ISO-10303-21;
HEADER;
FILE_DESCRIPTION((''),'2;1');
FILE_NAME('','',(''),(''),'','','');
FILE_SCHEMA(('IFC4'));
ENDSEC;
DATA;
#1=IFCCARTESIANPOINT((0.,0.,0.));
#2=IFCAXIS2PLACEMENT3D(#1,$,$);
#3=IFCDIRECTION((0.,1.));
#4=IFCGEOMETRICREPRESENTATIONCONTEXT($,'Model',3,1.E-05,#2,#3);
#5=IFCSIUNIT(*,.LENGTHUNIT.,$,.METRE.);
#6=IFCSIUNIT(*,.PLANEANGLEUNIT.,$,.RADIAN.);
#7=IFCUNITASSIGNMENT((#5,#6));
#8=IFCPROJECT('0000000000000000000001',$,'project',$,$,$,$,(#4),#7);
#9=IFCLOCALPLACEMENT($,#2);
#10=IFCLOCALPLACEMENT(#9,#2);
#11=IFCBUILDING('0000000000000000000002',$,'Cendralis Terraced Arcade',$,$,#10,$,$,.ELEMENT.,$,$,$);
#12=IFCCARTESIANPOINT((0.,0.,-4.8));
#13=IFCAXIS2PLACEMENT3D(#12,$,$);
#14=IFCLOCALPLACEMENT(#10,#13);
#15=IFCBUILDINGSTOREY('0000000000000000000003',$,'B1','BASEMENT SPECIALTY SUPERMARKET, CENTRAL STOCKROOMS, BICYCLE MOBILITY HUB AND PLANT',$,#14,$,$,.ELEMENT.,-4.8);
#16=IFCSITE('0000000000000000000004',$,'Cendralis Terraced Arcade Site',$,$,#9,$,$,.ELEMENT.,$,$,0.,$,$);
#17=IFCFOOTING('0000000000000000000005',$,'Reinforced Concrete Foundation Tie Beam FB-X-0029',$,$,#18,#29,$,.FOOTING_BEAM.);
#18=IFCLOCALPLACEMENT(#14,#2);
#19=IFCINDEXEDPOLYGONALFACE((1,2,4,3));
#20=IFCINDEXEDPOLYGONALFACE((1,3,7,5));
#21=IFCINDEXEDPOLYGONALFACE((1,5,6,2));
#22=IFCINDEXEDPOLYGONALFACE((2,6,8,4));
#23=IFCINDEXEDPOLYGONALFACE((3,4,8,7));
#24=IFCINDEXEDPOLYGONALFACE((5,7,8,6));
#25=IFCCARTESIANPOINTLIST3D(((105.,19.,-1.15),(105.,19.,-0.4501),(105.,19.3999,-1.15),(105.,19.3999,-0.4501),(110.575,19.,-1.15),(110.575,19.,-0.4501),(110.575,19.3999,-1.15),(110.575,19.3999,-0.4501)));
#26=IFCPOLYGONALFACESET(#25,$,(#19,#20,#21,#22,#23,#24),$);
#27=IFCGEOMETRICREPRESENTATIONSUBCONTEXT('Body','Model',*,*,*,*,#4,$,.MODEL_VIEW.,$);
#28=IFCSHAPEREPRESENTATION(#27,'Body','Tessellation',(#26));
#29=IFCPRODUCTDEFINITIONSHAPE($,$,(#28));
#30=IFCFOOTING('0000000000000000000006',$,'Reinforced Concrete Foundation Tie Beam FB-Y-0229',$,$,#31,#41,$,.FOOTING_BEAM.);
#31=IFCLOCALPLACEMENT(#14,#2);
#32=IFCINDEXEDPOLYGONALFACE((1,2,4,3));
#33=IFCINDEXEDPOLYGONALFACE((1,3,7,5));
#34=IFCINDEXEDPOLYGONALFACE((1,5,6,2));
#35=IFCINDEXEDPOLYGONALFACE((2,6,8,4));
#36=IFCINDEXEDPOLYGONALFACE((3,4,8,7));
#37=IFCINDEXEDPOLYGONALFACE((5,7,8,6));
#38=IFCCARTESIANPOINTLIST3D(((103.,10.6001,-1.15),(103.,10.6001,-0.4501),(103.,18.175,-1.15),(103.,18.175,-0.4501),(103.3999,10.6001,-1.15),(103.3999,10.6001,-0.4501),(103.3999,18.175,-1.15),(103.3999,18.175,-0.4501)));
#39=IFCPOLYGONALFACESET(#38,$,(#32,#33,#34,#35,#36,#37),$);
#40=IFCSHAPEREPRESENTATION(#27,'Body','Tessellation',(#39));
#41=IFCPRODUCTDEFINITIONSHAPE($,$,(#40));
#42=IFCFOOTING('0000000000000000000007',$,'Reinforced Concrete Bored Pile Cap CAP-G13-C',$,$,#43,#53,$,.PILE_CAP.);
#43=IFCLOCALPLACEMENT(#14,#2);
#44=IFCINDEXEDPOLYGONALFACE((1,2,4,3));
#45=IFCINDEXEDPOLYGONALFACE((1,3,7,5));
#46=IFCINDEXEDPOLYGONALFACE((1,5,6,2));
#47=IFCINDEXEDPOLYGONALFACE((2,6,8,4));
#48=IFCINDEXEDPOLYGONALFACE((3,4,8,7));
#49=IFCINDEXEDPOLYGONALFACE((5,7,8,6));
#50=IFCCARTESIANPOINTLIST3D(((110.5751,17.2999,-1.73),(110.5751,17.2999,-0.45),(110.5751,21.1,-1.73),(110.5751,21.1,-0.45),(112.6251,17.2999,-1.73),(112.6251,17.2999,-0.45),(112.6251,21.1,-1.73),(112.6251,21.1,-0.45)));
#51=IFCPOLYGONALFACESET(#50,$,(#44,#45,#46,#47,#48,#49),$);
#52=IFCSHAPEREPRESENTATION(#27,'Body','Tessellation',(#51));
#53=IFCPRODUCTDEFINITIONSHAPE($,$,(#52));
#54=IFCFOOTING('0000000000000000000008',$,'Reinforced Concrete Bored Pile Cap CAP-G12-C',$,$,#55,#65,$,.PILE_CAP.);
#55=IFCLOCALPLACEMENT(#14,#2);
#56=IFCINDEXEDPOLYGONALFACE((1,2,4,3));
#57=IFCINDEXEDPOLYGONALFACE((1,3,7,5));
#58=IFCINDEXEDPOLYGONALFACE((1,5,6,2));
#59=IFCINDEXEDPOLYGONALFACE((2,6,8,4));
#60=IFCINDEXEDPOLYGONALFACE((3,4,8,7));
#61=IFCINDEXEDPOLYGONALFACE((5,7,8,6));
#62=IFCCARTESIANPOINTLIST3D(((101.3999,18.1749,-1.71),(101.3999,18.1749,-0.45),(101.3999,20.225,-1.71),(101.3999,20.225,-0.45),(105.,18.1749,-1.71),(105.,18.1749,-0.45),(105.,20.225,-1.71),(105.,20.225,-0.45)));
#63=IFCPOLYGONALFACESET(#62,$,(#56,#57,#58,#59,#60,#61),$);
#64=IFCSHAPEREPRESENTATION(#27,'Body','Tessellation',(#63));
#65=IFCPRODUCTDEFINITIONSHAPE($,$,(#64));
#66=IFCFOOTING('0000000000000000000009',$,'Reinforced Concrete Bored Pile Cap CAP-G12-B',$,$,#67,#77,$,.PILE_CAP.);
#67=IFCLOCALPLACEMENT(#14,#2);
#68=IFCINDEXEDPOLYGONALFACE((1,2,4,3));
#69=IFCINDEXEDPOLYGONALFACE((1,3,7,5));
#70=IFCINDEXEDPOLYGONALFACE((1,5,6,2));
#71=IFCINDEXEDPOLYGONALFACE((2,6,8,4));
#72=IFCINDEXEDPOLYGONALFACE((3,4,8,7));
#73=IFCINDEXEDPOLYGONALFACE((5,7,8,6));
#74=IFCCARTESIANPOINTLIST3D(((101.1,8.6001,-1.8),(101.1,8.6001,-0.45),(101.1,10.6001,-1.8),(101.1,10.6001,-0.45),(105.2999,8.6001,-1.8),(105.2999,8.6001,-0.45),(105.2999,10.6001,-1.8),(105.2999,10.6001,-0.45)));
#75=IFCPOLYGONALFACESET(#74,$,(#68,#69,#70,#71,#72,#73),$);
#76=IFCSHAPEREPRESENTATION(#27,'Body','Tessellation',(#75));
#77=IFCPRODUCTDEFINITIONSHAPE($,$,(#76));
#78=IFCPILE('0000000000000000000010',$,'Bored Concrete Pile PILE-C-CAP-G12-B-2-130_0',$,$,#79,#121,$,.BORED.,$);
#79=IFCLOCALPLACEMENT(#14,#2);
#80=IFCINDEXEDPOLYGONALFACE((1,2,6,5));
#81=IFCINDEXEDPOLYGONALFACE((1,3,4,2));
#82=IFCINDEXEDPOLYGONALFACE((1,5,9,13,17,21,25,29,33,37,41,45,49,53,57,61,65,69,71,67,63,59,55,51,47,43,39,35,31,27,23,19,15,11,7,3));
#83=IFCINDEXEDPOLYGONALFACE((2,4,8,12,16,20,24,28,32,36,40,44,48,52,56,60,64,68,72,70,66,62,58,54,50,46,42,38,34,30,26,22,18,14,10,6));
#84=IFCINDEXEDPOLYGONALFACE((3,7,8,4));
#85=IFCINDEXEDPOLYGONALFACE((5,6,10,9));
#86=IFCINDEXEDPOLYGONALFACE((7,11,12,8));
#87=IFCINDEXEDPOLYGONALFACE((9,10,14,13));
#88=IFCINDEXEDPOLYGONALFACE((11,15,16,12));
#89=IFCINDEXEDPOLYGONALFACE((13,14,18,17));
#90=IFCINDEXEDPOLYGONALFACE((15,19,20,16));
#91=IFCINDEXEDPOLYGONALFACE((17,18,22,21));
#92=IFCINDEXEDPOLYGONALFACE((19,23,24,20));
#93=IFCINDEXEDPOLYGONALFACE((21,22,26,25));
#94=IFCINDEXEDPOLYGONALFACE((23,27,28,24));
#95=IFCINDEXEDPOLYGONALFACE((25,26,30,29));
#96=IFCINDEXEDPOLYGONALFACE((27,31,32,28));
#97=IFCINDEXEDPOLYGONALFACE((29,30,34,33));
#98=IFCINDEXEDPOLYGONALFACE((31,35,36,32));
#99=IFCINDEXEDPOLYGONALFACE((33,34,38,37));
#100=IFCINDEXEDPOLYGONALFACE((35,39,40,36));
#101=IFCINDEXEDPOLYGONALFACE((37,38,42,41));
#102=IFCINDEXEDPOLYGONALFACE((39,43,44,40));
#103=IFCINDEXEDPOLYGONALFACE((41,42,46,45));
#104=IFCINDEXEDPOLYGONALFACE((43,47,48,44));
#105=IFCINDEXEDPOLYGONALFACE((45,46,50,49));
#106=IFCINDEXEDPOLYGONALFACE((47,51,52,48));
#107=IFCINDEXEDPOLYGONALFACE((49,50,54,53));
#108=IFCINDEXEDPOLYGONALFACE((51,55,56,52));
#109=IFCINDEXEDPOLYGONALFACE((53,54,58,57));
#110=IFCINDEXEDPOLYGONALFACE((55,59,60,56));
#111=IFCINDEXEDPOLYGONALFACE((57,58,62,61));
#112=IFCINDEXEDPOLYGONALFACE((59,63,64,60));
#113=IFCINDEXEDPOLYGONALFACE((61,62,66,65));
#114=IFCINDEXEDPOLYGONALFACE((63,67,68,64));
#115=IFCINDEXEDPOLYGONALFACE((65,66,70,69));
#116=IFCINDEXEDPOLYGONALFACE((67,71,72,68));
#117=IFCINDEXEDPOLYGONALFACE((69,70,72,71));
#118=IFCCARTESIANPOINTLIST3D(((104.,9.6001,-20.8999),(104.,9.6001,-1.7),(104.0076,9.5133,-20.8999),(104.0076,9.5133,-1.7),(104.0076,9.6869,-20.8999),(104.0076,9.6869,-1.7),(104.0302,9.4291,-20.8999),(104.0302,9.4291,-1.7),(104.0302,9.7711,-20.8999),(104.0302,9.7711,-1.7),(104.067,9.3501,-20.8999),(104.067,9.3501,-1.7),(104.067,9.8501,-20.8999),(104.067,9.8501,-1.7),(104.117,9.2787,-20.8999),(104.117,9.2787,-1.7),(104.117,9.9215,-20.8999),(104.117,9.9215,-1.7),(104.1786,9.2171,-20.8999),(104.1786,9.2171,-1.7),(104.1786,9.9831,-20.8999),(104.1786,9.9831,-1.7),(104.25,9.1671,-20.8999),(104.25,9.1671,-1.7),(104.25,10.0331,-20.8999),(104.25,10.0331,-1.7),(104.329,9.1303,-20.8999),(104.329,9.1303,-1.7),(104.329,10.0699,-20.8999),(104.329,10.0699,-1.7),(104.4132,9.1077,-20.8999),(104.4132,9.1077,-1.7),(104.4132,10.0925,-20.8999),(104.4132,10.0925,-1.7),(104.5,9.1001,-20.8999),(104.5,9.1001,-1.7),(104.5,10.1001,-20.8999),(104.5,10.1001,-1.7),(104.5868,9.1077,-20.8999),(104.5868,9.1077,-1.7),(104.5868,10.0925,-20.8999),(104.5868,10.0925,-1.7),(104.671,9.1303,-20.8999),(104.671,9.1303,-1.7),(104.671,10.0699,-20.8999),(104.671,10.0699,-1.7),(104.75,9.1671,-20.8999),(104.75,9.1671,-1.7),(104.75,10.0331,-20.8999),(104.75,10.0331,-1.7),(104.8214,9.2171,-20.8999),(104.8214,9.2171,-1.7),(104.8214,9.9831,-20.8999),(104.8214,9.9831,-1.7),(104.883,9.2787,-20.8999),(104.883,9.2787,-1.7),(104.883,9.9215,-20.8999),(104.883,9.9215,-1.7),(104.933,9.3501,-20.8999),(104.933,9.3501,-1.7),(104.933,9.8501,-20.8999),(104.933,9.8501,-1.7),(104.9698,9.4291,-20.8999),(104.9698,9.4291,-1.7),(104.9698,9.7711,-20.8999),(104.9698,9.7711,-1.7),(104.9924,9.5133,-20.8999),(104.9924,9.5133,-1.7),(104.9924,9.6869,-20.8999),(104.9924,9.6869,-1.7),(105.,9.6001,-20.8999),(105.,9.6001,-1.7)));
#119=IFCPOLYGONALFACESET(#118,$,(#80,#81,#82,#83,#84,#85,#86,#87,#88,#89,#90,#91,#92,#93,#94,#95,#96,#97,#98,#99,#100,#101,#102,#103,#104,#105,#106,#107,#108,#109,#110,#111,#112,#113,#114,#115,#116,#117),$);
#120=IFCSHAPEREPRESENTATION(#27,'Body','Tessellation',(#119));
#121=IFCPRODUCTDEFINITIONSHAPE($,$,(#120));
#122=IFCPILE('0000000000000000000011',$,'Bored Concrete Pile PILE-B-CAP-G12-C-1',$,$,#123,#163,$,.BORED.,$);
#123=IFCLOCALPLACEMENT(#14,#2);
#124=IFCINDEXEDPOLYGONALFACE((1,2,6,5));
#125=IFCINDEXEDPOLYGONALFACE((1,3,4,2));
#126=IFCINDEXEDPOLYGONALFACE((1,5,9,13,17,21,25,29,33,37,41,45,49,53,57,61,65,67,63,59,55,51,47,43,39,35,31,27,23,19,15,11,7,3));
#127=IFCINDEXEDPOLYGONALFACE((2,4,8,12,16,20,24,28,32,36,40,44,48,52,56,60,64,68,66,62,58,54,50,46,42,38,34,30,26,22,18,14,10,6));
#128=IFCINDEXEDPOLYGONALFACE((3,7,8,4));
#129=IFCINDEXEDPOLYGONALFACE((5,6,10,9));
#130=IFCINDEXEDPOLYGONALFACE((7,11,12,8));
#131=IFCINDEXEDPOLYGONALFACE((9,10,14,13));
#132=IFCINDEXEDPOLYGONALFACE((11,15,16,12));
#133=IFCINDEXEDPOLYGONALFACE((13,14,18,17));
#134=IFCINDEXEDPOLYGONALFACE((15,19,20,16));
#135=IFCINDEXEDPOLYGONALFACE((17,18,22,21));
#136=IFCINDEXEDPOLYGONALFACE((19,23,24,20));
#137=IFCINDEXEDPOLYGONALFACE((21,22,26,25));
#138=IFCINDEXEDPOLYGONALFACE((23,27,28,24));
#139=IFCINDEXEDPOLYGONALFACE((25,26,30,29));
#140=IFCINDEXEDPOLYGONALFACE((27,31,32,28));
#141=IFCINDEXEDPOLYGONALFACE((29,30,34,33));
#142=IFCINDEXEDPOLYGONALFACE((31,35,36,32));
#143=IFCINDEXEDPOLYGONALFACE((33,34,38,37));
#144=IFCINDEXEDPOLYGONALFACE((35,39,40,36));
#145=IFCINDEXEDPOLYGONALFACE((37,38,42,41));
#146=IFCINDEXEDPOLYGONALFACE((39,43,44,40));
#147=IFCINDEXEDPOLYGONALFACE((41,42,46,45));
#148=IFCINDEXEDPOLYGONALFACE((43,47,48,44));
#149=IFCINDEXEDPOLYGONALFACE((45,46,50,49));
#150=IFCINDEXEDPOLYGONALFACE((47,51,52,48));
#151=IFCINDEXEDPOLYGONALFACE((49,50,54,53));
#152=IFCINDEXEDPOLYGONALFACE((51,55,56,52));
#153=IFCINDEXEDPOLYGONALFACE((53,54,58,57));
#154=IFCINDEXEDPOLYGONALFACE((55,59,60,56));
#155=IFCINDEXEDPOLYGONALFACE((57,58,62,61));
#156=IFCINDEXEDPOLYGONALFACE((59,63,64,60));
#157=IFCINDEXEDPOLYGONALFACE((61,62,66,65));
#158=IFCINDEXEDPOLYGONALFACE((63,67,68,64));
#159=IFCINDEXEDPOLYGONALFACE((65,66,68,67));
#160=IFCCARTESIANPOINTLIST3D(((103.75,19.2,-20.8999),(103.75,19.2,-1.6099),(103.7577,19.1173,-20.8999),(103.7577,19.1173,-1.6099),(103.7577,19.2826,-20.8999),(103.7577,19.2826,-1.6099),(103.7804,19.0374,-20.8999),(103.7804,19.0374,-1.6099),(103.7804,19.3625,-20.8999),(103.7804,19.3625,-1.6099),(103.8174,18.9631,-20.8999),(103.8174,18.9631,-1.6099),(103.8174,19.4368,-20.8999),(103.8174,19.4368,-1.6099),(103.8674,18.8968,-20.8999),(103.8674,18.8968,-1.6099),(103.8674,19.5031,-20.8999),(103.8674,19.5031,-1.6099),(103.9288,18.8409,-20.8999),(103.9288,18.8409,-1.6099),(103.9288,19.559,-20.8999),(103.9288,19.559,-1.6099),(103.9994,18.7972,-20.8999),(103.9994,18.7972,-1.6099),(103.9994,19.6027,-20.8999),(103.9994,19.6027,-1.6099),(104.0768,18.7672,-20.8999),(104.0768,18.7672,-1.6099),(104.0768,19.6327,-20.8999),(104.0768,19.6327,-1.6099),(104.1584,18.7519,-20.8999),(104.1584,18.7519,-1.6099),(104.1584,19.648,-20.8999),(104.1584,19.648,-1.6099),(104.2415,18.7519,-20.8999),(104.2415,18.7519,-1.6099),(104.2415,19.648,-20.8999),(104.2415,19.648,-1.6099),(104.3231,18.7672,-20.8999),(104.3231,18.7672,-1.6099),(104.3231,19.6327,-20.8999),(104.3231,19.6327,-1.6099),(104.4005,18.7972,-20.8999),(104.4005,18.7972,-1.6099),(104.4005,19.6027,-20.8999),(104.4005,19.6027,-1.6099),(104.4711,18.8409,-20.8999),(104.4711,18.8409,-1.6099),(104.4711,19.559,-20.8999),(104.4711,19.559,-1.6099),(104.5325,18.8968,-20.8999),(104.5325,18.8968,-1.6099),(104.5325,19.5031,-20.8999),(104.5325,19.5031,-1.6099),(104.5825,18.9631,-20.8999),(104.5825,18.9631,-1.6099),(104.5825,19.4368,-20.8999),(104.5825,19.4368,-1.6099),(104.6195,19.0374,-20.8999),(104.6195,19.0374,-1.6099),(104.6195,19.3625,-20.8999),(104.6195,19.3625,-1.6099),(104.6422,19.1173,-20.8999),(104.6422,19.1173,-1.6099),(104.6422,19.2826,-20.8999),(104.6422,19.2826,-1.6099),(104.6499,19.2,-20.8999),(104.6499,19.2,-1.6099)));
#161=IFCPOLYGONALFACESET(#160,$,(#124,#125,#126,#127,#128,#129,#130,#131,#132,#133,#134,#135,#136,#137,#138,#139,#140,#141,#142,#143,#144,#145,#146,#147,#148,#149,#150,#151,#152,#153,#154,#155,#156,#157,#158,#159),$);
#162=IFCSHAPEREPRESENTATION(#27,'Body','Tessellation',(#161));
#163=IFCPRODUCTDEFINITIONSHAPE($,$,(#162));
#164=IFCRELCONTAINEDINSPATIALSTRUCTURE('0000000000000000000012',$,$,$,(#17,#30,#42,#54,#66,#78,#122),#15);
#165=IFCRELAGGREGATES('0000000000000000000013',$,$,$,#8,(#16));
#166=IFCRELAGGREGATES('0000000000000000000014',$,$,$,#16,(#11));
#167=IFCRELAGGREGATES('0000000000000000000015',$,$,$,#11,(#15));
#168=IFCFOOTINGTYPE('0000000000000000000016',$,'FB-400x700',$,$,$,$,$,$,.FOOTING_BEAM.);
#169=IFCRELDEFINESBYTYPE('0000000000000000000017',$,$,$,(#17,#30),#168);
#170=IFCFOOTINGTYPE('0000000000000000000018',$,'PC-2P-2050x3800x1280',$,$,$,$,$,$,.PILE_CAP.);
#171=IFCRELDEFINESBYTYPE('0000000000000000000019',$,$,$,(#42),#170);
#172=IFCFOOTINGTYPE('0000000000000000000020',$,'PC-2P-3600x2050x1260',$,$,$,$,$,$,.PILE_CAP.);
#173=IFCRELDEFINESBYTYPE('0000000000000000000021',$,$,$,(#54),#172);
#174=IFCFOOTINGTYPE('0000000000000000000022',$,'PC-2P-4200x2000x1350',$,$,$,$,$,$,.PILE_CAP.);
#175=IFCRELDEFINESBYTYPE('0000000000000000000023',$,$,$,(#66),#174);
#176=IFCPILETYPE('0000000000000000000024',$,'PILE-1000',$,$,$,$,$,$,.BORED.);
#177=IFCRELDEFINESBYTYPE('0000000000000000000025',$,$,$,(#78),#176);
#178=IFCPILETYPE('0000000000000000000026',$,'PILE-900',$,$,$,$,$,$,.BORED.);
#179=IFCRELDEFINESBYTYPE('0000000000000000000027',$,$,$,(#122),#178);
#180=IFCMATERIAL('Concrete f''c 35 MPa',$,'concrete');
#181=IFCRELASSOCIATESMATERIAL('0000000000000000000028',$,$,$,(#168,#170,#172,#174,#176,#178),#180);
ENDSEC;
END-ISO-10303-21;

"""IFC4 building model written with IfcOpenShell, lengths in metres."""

from ifc_helpers import new_model, si_unit, direction, frame, origin, origin_2d, place, context, subcontext, project, spatial, rectangle, circle, extrude, material, material_profile, profile_set, type_object, element, save


model = new_model("IFC4")

# Units and contexts
model_context = context("Model", 3, precision=1e-05, world=origin(), true_north=direction((0.0, 1.0)))
body_context = subcontext(model_context, "Body", "Model", "MODEL_VIEW")
ifc_project = project(units=[si_unit("LENGTHUNIT", "METRE"), si_unit("PLANEANGLEUNIT", "RADIAN")], contexts=[model_context])

# Site, building, storey
site_placement = place(None, origin())
site = spatial("IfcSite", under=ifc_project, at=site_placement, Name="Cendralis Terraced Arcade Site", CompositionType="ELEMENT", RefElevation=0.0)
building_placement = place(site_placement, origin())
building = spatial("IfcBuilding", under=site, at=building_placement, Name="Cendralis Terraced Arcade", CompositionType="ELEMENT")
storey_placement = place(building_placement, frame((0.0, 0.0, -4.8)))
storey = spatial("IfcBuildingStorey", under=building, at=storey_placement, Name="B1", Description="BASEMENT SPECIALTY SUPERMARKET, CENTRAL STOCKROOMS, BICYCLE MOBILITY HUB AND PLANT", CompositionType="ELEMENT", Elevation=-4.8)

# Footings
ifc_material_1 = material(Name="Concrete f'c 35 MPa", Category="concrete")
ifc_material_profile_1 = material_profile(ifc_material_1, rectangle(XDim=0.3999, YDim=0.7, at=origin_2d()), Name="FB-400x700", Category="LoadBearing")
ifc_profile_set_1 = profile_set([ifc_material_profile_1], Name="Concrete f'c 35 MPa")
footing_type_1 = type_object("IfcFootingType", Name="FB-400x700", PredefinedType="FOOTING_BEAM", material=ifc_profile_set_1)
footing_1_placement = place(storey_placement, frame((105.0, 19.2, -0.8), z_axis=(1.0, 0.0, 0.0), x_axis=(0.0, 1.0, 0.0)))
element("IfcFooting", 1, at=footing_1_placement, inside=storey, type_object=footing_type_1, Name="Reinforced Concrete Foundation Tie Beam FB-X-0029", PredefinedType="FOOTING_BEAM", context=body_context, shape_type="SweptSolid", body=[
    extrude(rectangle(XDim=0.3999, YDim=0.7, at=origin_2d()), origin(), (0.0, 0.0, 1.0), 5.575),
])
footing_2_placement = place(storey_placement, frame((103.2, 10.6001, -0.8), z_axis=(0.0, 1.0, 0.0), x_axis=(-1.0, 0.0, 0.0)))
element("IfcFooting", 2, at=footing_2_placement, inside=storey, type_object=footing_type_1, Name="Reinforced Concrete Foundation Tie Beam FB-Y-0229", PredefinedType="FOOTING_BEAM", context=body_context, shape_type="SweptSolid", body=[
    extrude(rectangle(XDim=0.3999, YDim=0.7, at=origin_2d()), origin(), (0.0, 0.0, 1.0), 7.575),
])
footing_type_2 = type_object("IfcFootingType", Name="PC-2P-2050x3800x1280", PredefinedType="PILE_CAP", material=ifc_material_1)
footing_3_placement = place(storey_placement, frame((111.6001, 19.2, -1.73), z_axis=(0.0, 0.0, 1.0), x_axis=(1.0, 0.0, 0.0)))
element("IfcFooting", 3, at=footing_3_placement, inside=storey, type_object=footing_type_2, Name="Reinforced Concrete Bored Pile Cap CAP-G13-C", PredefinedType="PILE_CAP", context=body_context, shape_type="SweptSolid", body=[
    extrude(rectangle(XDim=2.05, YDim=3.8, at=origin_2d()), origin(), (0.0, 0.0, 1.0), 1.28),
])
footing_type_3 = type_object("IfcFootingType", Name="PC-2P-3600x2050x1260", PredefinedType="PILE_CAP", material=ifc_material_1)
footing_4_placement = place(storey_placement, frame((103.2, 19.2, -1.71), z_axis=(0.0, 0.0, 1.0), x_axis=(1.0, 0.0, 0.0)))
element("IfcFooting", 4, at=footing_4_placement, inside=storey, type_object=footing_type_3, Name="Reinforced Concrete Bored Pile Cap CAP-G12-C", PredefinedType="PILE_CAP", context=body_context, shape_type="SweptSolid", body=[
    extrude(rectangle(XDim=3.6001, YDim=2.05, at=origin_2d()), origin(), (0.0, 0.0, 1.0), 1.26),
])
footing_type_4 = type_object("IfcFootingType", Name="PC-2P-4200x2000x1350", PredefinedType="PILE_CAP", material=ifc_material_1)
footing_5_placement = place(storey_placement, frame((103.2, 9.6001, -1.8), z_axis=(0.0, 0.0, 1.0), x_axis=(1.0, 0.0, 0.0)))
element("IfcFooting", 5, at=footing_5_placement, inside=storey, type_object=footing_type_4, Name="Reinforced Concrete Bored Pile Cap CAP-G12-B", PredefinedType="PILE_CAP", context=body_context, shape_type="SweptSolid", body=[
    extrude(rectangle(XDim=4.2, YDim=2.0, at=origin_2d()), origin(), (0.0, 0.0, 1.0), 1.3501),
])

# Piles
ifc_material_profile_2 = material_profile(ifc_material_1, circle(Radius=0.5, at=origin_2d()), Name="PILE-D1000", Category="LoadBearing")
ifc_profile_set_2 = profile_set([ifc_material_profile_2], Name="Concrete f'c 35 MPa")
pile_type_1 = type_object("IfcPileType", Name="PILE-1000", PredefinedType="BORED", material=ifc_profile_set_2)
pile_1_placement = place(storey_placement, frame((104.5, 9.6001, -1.7), z_axis=(0.0, 0.0, -1.0), x_axis=(1.0, 0.0, 0.0)))
element("IfcPile", 6, at=pile_1_placement, inside=storey, type_object=pile_type_1, Name="Bored Concrete Pile PILE-C-CAP-G12-B-2-130_0", PredefinedType="BORED", context=body_context, shape_type="SweptSolid", body=[
    extrude(circle(Radius=0.5, at=origin_2d()), origin(), (0.0, 0.0, 1.0), 19.2),
])
ifc_material_profile_3 = material_profile(ifc_material_1, circle(Radius=0.45, at=origin_2d()), Name="PILE-D900", Category="LoadBearing")
ifc_profile_set_3 = profile_set([ifc_material_profile_3], Name="Concrete f'c 35 MPa")
pile_type_2 = type_object("IfcPileType", Name="PILE-900", PredefinedType="BORED", material=ifc_profile_set_3)
pile_2_placement = place(storey_placement, frame((104.2, 19.2, -1.6099), z_axis=(0.0, 0.0, -1.0), x_axis=(1.0, 0.0, 0.0)))
element("IfcPile", 7, at=pile_2_placement, inside=storey, type_object=pile_type_2, Name="Bored Concrete Pile PILE-B-CAP-G12-C-1", PredefinedType="BORED", context=body_context, shape_type="SweptSolid", body=[
    extrude(circle(Radius=0.45, at=origin_2d()), origin(), (0.0, 0.0, 1.0), 19.29),
])

save(model, "model.ifc")
